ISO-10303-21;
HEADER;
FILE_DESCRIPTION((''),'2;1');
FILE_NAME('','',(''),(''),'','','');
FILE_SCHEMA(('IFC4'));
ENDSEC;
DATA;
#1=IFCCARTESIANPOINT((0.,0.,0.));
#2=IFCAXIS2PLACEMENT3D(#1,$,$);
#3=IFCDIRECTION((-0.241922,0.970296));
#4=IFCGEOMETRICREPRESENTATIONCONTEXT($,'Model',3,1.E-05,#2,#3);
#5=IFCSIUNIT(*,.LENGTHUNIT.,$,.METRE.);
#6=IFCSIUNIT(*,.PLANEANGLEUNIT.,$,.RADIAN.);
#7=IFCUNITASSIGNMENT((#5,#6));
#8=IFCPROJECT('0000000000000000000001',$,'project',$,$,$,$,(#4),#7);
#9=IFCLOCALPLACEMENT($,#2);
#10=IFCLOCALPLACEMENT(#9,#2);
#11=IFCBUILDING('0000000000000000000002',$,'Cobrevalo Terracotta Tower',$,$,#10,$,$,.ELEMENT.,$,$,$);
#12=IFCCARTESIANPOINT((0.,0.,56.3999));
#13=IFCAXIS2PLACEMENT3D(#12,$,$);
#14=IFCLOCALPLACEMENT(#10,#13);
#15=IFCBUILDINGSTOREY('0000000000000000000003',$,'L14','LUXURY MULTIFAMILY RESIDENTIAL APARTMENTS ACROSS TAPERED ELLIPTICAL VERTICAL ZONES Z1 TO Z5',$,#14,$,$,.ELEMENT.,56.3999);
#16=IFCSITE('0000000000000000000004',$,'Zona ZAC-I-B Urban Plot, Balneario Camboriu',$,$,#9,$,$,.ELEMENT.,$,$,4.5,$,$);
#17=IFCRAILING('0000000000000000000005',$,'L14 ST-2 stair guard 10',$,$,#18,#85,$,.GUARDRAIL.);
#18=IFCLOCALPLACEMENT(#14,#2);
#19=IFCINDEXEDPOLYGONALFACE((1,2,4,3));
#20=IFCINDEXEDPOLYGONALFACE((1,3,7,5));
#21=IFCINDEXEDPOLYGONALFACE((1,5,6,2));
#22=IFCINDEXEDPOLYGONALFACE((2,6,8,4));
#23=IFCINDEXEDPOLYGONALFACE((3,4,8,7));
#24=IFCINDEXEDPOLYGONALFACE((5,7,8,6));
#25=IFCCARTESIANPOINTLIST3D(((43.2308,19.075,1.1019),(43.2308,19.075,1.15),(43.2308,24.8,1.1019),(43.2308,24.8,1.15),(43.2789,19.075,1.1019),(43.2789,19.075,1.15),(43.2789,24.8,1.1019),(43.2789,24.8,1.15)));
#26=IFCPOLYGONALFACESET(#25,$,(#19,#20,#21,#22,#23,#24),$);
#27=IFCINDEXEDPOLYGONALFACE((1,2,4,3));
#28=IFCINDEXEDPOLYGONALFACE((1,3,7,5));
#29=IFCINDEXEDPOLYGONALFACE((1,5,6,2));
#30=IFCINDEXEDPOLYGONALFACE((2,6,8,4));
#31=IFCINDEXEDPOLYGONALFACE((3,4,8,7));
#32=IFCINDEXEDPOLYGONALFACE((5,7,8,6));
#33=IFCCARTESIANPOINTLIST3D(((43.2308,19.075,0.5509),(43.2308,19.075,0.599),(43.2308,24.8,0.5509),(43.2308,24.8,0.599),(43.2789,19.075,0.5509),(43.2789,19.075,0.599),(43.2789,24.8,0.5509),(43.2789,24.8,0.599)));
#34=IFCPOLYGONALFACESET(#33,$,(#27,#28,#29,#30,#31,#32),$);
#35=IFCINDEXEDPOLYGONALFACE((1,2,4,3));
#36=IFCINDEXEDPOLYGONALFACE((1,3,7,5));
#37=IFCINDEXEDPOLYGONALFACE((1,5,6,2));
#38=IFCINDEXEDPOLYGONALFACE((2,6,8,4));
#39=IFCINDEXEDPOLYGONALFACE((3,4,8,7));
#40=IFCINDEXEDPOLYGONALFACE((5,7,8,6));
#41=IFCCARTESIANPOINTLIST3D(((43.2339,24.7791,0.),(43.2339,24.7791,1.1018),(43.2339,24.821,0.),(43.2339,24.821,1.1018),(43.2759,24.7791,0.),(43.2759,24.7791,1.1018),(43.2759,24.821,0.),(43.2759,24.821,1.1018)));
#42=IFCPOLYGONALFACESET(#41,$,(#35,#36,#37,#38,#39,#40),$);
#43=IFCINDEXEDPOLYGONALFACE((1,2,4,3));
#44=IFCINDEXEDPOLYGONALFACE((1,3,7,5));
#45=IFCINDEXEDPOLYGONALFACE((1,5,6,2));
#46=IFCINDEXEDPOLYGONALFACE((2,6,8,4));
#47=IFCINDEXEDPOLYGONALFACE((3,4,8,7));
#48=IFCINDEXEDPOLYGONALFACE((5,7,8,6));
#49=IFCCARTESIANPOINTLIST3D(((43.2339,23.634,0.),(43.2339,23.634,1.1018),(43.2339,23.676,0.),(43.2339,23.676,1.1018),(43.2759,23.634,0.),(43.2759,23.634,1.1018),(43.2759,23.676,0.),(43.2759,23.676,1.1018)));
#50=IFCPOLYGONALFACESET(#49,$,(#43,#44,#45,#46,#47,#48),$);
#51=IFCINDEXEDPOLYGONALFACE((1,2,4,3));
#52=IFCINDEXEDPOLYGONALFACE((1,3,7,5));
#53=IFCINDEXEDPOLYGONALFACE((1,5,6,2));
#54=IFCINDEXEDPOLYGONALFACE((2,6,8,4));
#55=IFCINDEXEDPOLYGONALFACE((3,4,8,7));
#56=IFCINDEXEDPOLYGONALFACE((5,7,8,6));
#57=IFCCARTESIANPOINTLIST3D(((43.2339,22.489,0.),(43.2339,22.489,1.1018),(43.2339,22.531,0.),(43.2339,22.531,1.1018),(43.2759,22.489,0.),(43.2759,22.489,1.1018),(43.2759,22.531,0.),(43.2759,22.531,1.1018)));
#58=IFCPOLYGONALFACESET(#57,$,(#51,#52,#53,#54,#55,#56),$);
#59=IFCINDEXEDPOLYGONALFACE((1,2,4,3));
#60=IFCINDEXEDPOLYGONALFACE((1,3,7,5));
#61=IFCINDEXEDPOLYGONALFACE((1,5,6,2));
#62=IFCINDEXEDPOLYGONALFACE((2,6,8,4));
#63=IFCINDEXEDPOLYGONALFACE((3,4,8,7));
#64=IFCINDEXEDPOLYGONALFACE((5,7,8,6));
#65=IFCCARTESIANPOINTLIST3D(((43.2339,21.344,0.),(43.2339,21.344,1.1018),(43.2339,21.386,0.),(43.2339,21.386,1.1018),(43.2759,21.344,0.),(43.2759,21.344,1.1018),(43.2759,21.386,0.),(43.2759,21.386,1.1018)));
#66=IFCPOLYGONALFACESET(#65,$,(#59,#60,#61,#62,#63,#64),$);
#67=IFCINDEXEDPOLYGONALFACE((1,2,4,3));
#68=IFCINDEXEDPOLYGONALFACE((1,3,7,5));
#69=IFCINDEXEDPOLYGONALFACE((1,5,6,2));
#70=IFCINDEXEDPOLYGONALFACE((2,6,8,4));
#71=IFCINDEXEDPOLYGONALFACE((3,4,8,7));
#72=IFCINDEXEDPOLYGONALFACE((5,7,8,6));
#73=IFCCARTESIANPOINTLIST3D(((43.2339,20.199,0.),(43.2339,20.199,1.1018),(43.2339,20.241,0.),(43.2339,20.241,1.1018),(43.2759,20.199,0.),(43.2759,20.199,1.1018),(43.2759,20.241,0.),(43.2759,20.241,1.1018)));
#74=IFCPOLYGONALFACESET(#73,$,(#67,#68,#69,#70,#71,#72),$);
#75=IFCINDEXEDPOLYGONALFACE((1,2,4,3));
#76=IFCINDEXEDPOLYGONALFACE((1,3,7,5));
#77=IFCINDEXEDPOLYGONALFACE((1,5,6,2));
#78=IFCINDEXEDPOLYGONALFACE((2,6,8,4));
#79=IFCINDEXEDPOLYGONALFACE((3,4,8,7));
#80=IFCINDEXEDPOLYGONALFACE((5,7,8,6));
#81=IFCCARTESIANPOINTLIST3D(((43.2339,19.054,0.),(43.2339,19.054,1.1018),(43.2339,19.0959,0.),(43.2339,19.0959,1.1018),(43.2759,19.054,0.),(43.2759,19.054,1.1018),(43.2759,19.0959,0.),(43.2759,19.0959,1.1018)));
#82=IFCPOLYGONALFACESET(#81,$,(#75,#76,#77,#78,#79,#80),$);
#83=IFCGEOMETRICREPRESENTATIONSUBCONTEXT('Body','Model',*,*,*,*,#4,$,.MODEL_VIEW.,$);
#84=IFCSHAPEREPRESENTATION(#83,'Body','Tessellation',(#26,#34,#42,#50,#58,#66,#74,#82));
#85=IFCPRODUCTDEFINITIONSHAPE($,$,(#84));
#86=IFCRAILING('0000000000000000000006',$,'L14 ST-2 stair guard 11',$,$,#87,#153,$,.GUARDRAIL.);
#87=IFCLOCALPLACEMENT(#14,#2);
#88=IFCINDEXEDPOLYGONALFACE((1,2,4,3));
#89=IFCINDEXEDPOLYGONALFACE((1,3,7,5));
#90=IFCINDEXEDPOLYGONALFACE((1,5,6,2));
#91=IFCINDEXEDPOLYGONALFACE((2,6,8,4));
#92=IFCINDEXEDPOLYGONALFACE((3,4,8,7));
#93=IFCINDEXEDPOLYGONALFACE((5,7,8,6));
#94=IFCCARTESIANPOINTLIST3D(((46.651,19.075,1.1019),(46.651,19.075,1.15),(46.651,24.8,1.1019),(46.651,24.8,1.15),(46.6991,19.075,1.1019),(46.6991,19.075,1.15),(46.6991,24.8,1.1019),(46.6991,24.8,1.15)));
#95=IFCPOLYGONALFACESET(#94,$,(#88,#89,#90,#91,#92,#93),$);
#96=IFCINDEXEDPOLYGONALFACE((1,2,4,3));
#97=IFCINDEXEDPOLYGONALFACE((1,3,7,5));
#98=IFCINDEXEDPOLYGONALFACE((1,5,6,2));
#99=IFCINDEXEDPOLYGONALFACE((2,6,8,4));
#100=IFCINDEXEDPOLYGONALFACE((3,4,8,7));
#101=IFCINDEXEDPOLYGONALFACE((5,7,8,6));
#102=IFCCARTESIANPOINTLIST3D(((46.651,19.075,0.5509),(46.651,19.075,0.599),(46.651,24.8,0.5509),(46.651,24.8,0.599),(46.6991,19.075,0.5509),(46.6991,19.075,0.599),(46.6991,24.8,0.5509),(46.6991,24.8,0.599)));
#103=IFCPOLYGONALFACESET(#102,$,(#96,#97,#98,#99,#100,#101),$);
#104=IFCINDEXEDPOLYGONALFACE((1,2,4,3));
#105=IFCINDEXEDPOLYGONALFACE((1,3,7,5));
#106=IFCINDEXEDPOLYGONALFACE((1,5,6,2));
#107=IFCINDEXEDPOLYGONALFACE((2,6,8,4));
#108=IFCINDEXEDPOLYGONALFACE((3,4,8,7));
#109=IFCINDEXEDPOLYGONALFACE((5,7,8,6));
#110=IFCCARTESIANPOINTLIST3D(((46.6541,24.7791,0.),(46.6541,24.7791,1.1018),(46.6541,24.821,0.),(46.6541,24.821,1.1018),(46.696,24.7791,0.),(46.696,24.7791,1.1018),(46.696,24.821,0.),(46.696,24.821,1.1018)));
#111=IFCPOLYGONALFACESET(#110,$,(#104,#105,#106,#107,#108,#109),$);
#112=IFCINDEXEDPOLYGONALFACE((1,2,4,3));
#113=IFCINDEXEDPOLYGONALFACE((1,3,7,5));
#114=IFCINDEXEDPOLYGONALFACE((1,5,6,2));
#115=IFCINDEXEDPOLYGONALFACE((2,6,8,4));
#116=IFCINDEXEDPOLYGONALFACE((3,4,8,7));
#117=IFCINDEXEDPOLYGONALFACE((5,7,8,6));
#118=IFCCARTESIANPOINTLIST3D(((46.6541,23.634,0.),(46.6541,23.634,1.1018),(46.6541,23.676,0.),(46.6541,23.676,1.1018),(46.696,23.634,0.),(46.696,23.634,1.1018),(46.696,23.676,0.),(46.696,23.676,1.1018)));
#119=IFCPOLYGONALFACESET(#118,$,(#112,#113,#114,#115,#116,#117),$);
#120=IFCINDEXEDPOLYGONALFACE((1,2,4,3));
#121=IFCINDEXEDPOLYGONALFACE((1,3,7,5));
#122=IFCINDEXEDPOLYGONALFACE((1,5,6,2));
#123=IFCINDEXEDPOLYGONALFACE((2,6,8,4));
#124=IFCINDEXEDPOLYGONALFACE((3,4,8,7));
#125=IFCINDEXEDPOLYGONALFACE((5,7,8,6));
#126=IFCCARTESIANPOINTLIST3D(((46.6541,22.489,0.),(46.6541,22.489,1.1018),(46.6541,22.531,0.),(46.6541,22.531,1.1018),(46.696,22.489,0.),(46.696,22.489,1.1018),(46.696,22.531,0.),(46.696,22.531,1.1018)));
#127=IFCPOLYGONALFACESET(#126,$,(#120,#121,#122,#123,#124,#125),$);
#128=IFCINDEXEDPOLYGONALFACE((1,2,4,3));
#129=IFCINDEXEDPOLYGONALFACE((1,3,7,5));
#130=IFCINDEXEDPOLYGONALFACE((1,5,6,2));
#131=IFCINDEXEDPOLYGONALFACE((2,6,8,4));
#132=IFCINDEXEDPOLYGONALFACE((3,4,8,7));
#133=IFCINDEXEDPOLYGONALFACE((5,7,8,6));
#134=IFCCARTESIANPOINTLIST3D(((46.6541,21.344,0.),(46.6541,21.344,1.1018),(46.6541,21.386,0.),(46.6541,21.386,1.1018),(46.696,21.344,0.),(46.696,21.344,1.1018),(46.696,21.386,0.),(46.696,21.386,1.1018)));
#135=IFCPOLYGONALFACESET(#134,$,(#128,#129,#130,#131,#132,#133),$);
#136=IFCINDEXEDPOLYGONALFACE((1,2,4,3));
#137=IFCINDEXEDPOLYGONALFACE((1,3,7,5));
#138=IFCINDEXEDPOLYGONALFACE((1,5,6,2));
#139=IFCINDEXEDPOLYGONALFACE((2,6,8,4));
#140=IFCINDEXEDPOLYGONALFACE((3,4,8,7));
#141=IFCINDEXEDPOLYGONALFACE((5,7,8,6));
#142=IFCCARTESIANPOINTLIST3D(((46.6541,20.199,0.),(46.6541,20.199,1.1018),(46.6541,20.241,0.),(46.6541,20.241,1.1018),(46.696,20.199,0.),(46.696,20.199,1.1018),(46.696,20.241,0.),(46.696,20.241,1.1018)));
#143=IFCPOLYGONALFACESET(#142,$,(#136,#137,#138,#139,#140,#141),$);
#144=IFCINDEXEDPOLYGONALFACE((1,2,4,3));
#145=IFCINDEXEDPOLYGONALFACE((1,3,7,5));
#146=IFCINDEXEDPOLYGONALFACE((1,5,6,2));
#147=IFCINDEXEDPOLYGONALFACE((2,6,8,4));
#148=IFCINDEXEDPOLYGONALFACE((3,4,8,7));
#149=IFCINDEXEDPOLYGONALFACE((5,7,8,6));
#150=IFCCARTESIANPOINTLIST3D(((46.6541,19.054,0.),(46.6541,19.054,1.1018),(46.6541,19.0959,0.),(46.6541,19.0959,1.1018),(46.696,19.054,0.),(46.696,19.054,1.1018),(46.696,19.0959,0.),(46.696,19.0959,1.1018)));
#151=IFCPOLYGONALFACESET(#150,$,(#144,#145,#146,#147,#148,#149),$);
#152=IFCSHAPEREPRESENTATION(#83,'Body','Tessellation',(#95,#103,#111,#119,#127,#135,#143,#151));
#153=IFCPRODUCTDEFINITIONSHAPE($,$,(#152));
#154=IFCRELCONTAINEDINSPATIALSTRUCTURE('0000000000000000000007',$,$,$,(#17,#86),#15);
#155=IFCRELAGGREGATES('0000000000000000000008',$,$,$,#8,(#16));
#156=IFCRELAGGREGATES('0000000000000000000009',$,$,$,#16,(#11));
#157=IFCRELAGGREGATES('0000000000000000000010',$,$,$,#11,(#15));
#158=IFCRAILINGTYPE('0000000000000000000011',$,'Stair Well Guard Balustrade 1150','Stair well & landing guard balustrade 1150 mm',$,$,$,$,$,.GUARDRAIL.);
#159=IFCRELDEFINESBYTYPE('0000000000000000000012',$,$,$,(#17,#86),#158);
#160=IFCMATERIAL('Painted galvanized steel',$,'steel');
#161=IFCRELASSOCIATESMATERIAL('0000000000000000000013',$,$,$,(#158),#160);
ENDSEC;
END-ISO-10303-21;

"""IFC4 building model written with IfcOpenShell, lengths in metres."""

from ifc_helpers import new_model, si_unit, direction, frame, origin, origin_2d, place, context, subcontext, project, spatial, rectangle, extrude, material, type_object, element, save


model = new_model("IFC4")

# Units and contexts
model_context = context("Model", 3, precision=1e-05, world=origin(), true_north=direction((-0.241922, 0.970296)))
body_context = subcontext(model_context, "Body", "Model", "MODEL_VIEW")
ifc_project = project(units=[si_unit("LENGTHUNIT", "METRE"), si_unit("PLANEANGLEUNIT", "RADIAN")], contexts=[model_context])

# Site, building, storey
site_placement = place(None, origin())
site = spatial("IfcSite", under=ifc_project, at=site_placement, Name="Zona ZAC-I-B Urban Plot, Balneario Camboriu", CompositionType="ELEMENT", RefElevation=4.5)
building_placement = place(site_placement, origin())
building = spatial("IfcBuilding", under=site, at=building_placement, Name="Cobrevalo Terracotta Tower", CompositionType="ELEMENT")
storey_placement = place(building_placement, frame((0.0, 0.0, 56.3999)))
storey = spatial("IfcBuildingStorey", under=building, at=storey_placement, Name="L14", Description="LUXURY MULTIFAMILY RESIDENTIAL APARTMENTS ACROSS TAPERED ELLIPTICAL VERTICAL ZONES Z1 TO Z5", CompositionType="ELEMENT", Elevation=56.3999)

# Railings
ifc_material_1 = material(Name="Painted galvanized steel", Category="steel")
railing_type = type_object("IfcRailingType", Name="Stair Well Guard Balustrade 1150", Description="Stair well & landing guard balustrade 1150 mm", PredefinedType="GUARDRAIL", material=ifc_material_1)
for number, where, name in (
    (1, (43.2549, 24.8, 0.0), "L14 ST-2 stair guard 10"),
    (2, (46.675, 24.8, 0.0), "L14 ST-2 stair guard 11"),
):
    element("IfcRailing", number, at=place(storey_placement, frame(where)), inside=storey, type_object=railing_type, Name=name, PredefinedType="GUARDRAIL", context=body_context, shape_type="SweptSolid", body=[
        extrude(rectangle(XDim=0.0481, YDim=0.0481, at=origin_2d()), frame((0.0, 0.0, 1.126), z_axis=(0.0, -1.0, 0.0), x_axis=(1.0, 0.0, 0.0)), (0.0, 0.0, 1.0), 5.7251),
        extrude(rectangle(XDim=0.0481, YDim=0.0481, at=origin_2d()), frame((0.0, 0.0, 0.575), z_axis=(0.0, -1.0, 0.0), x_axis=(1.0, 0.0, 0.0)), (0.0, 0.0, 1.0), 5.7251),
        extrude(rectangle(XDim=0.042, YDim=0.042, at=origin_2d()), origin(), (0.0, 0.0, 1.0), 1.1018),
        extrude(rectangle(XDim=0.042, YDim=0.042, at=origin_2d()), frame((0.0, -1.145, 0.0)), (0.0, 0.0, 1.0), 1.1018),
        extrude(rectangle(XDim=0.042, YDim=0.042, at=origin_2d()), frame((0.0, -2.29, 0.0)), (0.0, 0.0, 1.0), 1.1018),
        extrude(rectangle(XDim=0.042, YDim=0.042, at=origin_2d()), frame((0.0, -3.4351, 0.0)), (0.0, 0.0, 1.0), 1.1018),
        extrude(rectangle(XDim=0.042, YDim=0.042, at=origin_2d()), frame((0.0, -4.5801, 0.0)), (0.0, 0.0, 1.0), 1.1018),
        extrude(rectangle(XDim=0.042, YDim=0.042, at=origin_2d()), frame((0.0, -5.7251, 0.0)), (0.0, 0.0, 1.0), 1.1018),
    ])

save(model, "model.ifc")
